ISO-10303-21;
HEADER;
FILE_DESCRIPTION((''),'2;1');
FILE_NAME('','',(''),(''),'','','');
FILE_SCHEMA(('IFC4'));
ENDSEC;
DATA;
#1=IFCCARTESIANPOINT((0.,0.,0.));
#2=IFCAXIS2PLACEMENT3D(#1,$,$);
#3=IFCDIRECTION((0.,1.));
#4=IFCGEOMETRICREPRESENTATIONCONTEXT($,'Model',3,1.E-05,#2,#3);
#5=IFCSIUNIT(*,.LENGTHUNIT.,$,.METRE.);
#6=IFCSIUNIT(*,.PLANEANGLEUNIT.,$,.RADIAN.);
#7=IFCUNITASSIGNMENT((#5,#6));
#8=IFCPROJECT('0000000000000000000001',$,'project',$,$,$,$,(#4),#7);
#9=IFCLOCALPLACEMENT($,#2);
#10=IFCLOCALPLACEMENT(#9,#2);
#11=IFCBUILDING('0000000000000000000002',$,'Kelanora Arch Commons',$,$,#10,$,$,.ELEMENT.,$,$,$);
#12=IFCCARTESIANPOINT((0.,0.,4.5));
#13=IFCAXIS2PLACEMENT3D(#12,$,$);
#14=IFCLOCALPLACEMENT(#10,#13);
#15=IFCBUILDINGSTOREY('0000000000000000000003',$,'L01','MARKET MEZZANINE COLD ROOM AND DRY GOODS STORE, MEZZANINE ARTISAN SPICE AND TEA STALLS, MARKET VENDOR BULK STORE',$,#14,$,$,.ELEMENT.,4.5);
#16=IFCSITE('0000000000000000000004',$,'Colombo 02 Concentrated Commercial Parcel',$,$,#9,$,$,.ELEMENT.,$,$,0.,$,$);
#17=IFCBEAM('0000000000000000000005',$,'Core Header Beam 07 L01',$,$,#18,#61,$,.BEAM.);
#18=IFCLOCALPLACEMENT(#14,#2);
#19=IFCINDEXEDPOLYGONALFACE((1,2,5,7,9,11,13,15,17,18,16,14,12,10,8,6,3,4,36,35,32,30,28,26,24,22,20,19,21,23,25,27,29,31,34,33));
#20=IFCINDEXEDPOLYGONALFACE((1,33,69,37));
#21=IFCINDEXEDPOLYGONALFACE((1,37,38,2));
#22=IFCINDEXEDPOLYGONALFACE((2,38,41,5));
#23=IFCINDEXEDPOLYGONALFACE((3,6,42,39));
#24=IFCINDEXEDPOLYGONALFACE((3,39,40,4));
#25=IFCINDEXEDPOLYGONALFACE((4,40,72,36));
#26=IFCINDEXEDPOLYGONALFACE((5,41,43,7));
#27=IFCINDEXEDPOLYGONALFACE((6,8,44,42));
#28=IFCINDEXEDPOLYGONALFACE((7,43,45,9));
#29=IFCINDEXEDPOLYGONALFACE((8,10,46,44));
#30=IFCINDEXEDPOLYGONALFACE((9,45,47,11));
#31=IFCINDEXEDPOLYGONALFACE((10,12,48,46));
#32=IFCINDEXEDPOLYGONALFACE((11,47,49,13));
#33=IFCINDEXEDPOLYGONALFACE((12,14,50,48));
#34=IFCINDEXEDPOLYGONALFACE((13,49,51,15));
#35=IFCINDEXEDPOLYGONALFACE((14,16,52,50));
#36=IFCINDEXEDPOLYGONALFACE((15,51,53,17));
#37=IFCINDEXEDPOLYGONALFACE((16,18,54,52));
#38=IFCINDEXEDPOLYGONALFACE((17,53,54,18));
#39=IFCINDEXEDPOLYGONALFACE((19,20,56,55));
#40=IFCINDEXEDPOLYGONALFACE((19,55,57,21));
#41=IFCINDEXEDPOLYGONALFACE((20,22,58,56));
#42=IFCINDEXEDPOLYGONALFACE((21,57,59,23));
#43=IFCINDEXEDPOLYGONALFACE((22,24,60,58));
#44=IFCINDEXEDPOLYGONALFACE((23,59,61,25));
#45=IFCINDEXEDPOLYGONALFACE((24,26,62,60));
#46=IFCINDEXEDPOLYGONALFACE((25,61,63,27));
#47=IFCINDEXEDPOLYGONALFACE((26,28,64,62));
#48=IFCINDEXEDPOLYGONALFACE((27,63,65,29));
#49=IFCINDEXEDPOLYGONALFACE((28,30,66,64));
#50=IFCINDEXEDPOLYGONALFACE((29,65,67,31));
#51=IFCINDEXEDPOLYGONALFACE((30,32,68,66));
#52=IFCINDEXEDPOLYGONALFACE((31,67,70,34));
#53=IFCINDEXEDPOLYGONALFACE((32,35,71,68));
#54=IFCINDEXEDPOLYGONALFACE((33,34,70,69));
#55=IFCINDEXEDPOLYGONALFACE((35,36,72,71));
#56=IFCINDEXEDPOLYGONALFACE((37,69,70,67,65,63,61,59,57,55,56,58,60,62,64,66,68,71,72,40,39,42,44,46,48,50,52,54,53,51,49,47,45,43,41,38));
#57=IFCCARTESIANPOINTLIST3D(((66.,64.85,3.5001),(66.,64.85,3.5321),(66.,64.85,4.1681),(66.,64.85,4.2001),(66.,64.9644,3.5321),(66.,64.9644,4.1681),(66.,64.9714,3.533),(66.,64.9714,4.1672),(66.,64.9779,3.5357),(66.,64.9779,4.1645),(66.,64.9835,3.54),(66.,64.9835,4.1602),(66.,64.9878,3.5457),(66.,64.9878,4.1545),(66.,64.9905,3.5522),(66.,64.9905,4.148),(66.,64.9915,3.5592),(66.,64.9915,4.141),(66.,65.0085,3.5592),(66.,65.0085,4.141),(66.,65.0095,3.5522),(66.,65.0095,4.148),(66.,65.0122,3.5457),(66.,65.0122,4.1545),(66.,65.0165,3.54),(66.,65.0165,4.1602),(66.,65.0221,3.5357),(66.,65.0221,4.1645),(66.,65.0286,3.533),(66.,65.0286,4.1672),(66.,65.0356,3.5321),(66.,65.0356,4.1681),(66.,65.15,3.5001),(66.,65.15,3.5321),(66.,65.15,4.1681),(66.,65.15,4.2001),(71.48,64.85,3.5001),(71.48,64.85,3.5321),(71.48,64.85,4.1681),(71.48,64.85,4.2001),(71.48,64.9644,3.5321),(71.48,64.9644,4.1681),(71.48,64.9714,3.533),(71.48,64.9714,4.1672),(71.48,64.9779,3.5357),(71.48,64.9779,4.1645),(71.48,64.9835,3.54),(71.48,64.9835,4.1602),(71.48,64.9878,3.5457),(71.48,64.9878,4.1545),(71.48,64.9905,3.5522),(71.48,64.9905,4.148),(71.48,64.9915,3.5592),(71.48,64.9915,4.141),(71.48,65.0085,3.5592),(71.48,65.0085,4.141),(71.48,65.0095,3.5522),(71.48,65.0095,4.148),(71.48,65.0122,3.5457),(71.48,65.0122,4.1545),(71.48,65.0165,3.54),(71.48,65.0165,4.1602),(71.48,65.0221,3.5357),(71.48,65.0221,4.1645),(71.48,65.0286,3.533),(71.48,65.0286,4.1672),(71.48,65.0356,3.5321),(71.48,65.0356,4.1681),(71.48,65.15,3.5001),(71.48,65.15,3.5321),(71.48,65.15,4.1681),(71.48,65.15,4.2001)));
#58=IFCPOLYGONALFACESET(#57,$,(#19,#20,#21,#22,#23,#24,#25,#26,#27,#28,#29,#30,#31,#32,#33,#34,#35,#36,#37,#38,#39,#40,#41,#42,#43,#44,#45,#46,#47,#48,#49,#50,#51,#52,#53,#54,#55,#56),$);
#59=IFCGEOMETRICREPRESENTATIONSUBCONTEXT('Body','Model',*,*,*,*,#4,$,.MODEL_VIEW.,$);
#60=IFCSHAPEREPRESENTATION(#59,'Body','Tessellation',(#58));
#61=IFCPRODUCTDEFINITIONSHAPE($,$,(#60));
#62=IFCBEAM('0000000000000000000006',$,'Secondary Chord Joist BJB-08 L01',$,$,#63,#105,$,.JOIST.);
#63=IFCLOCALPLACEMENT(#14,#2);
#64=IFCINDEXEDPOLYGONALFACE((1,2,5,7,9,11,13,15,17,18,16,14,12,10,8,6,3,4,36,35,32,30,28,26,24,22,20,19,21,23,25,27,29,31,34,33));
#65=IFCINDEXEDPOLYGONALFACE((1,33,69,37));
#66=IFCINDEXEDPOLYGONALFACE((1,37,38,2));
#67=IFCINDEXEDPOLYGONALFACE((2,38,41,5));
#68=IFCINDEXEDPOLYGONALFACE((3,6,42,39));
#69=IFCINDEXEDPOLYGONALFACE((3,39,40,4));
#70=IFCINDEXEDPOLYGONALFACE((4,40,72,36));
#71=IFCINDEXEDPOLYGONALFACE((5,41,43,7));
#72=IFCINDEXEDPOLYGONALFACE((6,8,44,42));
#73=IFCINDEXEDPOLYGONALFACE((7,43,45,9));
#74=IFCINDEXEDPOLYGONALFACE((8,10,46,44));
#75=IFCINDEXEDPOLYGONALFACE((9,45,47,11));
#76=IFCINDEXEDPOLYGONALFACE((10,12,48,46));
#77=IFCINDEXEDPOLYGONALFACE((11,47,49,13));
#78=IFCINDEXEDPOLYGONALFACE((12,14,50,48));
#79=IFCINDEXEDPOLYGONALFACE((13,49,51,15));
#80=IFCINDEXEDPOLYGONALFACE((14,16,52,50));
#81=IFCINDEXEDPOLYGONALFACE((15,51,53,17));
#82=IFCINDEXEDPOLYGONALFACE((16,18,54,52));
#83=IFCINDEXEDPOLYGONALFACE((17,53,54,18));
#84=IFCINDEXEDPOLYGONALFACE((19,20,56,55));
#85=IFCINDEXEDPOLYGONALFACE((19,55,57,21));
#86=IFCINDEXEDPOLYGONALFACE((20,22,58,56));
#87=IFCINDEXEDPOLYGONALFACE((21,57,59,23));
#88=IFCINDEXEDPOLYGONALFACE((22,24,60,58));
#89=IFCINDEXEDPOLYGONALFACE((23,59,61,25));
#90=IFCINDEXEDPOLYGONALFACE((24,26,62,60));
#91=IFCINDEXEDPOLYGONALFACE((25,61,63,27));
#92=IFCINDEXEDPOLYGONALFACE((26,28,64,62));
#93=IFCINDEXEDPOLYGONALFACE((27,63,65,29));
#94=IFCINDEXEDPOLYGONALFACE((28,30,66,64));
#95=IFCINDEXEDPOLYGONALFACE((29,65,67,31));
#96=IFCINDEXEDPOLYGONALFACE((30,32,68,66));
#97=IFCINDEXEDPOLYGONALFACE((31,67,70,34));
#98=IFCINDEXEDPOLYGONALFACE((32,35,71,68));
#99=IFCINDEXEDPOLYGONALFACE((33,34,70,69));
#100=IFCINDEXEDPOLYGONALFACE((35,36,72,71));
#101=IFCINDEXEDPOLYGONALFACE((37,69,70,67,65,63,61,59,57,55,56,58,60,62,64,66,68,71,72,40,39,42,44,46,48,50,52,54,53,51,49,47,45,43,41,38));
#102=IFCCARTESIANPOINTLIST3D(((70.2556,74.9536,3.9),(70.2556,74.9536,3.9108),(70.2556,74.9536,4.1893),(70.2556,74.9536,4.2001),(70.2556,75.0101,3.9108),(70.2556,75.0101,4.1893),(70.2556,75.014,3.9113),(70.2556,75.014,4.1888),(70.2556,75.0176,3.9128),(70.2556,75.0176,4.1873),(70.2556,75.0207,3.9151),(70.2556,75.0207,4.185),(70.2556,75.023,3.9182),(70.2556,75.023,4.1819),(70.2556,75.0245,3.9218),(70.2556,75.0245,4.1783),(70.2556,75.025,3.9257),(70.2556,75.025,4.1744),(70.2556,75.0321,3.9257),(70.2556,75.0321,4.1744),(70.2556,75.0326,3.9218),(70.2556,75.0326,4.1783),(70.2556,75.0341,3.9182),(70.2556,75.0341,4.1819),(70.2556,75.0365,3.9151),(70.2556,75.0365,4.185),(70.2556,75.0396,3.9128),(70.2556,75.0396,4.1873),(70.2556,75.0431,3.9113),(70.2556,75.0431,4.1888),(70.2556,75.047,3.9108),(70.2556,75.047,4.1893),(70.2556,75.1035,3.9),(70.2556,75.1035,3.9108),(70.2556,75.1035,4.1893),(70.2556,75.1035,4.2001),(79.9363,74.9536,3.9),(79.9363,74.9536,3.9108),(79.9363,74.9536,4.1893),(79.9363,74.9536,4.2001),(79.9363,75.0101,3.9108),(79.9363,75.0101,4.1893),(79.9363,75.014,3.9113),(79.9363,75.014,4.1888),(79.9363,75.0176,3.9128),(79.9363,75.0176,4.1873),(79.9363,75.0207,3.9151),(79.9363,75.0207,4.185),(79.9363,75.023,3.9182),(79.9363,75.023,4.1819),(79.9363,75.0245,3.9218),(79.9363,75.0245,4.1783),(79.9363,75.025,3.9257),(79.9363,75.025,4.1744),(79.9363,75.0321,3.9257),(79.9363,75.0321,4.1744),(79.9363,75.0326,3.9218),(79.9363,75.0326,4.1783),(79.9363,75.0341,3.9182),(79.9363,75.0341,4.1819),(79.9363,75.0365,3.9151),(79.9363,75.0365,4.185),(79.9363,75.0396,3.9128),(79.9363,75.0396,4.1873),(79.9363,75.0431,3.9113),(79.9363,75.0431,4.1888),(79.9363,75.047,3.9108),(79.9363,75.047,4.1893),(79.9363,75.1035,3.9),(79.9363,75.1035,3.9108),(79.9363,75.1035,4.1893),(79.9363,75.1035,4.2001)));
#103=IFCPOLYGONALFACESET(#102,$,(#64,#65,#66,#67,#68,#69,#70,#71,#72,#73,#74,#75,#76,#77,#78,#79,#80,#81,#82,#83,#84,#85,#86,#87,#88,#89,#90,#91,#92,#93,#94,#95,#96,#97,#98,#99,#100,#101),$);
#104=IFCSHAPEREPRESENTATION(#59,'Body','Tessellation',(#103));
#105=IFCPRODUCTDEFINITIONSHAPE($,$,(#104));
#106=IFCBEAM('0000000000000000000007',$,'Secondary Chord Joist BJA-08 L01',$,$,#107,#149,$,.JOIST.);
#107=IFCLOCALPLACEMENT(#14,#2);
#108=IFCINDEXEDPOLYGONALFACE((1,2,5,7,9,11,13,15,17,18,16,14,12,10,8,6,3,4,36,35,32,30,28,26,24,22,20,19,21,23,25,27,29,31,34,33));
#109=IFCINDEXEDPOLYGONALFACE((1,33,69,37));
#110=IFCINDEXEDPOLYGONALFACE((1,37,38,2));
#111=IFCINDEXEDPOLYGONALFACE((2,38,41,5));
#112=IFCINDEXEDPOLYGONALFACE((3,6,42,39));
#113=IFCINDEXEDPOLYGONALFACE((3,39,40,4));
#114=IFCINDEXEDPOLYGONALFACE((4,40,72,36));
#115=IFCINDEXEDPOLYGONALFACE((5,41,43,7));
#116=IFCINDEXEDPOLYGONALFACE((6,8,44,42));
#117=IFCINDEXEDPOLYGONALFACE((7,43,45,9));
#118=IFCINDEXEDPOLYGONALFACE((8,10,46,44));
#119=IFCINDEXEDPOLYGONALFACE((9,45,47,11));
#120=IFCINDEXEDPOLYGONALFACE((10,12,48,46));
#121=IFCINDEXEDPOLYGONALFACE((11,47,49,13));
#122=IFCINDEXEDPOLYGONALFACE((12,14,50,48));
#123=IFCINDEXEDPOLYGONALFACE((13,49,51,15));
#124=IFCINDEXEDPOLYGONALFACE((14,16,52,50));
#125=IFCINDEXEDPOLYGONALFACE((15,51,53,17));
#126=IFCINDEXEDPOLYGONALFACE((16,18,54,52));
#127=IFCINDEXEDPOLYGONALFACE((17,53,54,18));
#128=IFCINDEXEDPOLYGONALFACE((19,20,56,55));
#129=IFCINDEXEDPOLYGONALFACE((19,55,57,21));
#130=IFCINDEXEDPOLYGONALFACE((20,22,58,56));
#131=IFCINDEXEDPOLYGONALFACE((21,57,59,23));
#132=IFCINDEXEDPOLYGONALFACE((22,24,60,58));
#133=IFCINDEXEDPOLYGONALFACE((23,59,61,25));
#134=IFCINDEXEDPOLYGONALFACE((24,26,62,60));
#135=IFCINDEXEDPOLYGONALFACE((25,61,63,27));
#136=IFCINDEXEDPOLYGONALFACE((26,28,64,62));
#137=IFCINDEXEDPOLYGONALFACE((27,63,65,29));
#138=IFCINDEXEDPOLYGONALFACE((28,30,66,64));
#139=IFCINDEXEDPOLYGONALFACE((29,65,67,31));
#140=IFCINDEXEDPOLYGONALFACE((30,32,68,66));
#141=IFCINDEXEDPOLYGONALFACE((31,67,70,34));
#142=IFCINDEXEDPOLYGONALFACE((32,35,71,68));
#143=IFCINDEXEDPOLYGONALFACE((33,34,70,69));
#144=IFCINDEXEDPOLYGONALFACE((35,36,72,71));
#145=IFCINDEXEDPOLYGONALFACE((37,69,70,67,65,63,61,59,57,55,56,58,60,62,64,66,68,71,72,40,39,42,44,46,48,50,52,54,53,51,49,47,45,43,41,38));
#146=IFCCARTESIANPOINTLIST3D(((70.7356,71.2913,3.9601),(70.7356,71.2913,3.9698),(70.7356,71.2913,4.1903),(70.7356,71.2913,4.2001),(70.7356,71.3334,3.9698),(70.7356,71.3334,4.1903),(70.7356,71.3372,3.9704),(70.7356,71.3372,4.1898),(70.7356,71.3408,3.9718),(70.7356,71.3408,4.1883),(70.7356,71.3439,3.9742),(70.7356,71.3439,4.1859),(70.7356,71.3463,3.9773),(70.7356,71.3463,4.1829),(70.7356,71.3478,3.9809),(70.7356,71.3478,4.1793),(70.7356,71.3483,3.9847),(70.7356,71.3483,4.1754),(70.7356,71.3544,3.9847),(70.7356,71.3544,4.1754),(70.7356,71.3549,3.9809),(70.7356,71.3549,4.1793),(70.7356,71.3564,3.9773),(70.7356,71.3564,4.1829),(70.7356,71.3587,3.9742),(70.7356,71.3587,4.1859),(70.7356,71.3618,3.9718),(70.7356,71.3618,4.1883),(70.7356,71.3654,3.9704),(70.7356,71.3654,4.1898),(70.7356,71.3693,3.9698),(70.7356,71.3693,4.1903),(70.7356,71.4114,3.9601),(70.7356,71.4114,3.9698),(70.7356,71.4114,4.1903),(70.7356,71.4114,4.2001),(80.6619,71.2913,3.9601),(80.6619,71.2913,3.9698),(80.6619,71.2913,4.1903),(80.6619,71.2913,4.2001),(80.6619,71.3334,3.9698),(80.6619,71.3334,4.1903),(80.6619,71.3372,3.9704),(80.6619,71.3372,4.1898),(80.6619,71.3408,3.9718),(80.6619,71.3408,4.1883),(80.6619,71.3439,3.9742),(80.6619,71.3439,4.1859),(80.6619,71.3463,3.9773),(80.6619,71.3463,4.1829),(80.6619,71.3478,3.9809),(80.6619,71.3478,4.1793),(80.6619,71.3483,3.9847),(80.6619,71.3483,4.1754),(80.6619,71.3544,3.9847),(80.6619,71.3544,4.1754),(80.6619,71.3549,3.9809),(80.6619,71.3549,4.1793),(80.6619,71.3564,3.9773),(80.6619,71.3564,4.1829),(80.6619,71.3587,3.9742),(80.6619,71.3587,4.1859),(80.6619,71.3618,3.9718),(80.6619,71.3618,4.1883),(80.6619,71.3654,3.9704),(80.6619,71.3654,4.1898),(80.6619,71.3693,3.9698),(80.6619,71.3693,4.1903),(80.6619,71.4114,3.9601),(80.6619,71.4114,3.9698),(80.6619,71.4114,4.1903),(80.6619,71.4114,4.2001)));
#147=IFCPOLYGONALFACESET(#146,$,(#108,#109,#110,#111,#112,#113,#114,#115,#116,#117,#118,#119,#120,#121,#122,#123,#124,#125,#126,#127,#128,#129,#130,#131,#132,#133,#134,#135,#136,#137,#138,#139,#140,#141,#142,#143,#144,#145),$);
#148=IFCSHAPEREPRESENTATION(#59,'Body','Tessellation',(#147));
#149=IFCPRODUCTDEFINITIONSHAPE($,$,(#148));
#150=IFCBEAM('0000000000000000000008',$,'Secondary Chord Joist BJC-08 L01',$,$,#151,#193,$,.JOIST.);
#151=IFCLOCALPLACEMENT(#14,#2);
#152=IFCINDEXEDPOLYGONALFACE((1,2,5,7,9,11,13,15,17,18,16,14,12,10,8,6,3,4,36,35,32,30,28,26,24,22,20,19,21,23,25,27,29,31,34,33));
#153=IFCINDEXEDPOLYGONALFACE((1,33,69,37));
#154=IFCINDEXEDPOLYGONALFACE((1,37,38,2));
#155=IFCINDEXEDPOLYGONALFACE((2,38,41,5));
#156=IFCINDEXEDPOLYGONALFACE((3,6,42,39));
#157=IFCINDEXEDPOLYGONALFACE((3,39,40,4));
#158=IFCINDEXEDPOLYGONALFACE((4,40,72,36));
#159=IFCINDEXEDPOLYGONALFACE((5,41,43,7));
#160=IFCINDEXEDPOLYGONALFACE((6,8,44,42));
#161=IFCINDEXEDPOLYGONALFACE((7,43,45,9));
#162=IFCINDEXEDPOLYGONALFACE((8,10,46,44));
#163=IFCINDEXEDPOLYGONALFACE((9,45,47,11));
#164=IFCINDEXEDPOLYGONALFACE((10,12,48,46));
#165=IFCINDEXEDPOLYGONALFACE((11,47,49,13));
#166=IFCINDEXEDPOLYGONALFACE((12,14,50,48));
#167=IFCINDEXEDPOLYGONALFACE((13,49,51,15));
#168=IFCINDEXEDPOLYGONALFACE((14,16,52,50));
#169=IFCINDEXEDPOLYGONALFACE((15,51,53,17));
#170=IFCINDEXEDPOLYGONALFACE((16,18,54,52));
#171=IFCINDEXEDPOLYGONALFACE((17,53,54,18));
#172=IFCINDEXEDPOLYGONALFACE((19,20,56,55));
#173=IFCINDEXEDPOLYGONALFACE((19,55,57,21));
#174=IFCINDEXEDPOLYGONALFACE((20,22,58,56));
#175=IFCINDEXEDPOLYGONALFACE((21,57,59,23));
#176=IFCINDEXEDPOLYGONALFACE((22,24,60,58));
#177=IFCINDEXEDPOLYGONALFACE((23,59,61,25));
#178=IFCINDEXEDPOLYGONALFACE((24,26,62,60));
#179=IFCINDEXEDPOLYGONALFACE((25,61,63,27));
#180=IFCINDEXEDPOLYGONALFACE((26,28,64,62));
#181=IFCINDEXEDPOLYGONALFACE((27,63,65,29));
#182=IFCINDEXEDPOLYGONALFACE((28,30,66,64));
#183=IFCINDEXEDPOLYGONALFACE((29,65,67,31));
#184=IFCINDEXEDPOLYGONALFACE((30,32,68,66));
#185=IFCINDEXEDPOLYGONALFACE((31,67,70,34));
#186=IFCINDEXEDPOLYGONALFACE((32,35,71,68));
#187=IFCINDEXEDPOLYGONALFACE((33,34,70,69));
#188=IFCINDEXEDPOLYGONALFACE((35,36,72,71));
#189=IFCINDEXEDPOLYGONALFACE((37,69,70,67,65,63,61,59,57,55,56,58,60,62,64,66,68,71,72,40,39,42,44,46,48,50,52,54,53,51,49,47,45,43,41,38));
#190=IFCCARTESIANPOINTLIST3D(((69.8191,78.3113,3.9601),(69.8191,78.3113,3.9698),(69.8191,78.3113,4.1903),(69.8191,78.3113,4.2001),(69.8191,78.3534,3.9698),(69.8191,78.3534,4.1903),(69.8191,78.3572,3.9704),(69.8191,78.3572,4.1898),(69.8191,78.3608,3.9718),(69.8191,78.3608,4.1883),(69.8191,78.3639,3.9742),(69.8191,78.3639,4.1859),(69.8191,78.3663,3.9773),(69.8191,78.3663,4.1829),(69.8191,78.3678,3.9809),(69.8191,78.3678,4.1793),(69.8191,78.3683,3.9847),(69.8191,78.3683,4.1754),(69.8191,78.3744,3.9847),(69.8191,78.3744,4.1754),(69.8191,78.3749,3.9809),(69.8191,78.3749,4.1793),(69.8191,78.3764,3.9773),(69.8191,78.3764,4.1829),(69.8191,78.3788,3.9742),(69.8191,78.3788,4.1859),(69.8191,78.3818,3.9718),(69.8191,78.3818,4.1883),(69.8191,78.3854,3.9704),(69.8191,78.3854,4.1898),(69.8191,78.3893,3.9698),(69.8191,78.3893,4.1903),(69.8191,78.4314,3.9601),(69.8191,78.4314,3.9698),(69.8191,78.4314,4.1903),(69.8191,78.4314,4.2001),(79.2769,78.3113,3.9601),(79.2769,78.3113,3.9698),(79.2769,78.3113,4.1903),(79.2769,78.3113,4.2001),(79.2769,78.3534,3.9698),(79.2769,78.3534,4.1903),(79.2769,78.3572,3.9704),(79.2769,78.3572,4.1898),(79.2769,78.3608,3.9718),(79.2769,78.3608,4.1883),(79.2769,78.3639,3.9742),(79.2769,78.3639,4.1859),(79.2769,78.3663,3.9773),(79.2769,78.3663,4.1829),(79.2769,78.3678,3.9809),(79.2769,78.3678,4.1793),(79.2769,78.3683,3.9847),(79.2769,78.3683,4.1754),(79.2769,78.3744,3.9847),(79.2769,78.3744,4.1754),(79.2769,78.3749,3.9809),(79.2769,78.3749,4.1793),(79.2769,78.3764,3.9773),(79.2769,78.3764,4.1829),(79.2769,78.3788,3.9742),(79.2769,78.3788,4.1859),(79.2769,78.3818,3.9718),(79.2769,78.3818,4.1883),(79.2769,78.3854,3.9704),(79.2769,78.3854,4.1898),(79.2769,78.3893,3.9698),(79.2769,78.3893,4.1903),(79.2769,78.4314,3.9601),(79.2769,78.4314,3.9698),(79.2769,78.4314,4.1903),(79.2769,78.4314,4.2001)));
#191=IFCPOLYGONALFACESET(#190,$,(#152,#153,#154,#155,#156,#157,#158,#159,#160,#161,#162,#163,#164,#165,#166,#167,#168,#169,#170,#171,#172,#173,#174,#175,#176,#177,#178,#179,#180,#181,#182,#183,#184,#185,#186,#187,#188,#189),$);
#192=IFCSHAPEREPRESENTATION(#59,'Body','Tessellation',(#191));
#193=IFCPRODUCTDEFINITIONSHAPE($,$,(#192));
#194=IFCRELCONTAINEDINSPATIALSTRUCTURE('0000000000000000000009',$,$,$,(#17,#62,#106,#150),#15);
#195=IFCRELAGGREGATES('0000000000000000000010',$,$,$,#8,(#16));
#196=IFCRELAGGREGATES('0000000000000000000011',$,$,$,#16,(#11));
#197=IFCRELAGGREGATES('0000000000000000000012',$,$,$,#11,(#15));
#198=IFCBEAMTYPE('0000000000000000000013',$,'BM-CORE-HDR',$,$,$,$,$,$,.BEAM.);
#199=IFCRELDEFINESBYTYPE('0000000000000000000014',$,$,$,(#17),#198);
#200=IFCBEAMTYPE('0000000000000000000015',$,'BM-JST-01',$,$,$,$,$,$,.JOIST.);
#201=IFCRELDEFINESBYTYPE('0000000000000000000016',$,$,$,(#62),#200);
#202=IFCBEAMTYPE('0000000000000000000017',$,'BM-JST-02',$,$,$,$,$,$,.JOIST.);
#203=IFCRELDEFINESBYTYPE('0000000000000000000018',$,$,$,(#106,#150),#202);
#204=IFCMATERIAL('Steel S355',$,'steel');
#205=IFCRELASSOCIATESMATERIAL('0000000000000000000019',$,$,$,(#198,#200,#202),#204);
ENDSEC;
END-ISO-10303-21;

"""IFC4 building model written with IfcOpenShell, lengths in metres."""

from ifc_helpers import new_model, si_unit, direction, frame, origin, origin_2d, place, context, subcontext, project, spatial, i_section, extrude, material, material_profile, profile_set, type_object, element, save


model = new_model("IFC4")

# Units and contexts
model_context = context("Model", 3, precision=1e-05, world=origin(), true_north=direction((0.0, 1.0)))
body_context = subcontext(model_context, "Body", "Model", "MODEL_VIEW")
ifc_project = project(units=[si_unit("LENGTHUNIT", "METRE"), si_unit("PLANEANGLEUNIT", "RADIAN")], contexts=[model_context])

# Site, building, storey
site_placement = place(None, origin())
site = spatial("IfcSite", under=ifc_project, at=site_placement, Name="Colombo 02 Concentrated Commercial Parcel", CompositionType="ELEMENT", RefElevation=0.0)
building_placement = place(site_placement, origin())
building = spatial("IfcBuilding", under=site, at=building_placement, Name="Kelanora Arch Commons", CompositionType="ELEMENT")
storey_placement = place(building_placement, frame((0.0, 0.0, 4.5)))
storey = spatial("IfcBuildingStorey", under=building, at=storey_placement, Name="L01", Description="MARKET MEZZANINE COLD ROOM AND DRY GOODS STORE, MEZZANINE ARTISAN SPICE AND TEA STALLS, MARKET VENDOR BULK STORE", CompositionType="ELEMENT", Elevation=4.5)

# Beams
ifc_material_1 = material(Name="Steel S355", Category="steel")
ifc_material_profile_1 = material_profile(ifc_material_1, i_section(OverallWidth=0.3, OverallDepth=0.7, WebThickness=0.0171, FlangeThickness=0.032, FilletRadius=0.0271, at=origin_2d()), Name="HEB700")
ifc_profile_set_1 = profile_set([ifc_material_profile_1], Name="Steel S355")
beam_type_1 = type_object("IfcBeamType", Name="BM-CORE-HDR", PredefinedType="BEAM", material=ifc_profile_set_1)
beam_1_placement = place(storey_placement, frame((71.48, 65.0, 3.8501), z_axis=(-1.0, 0.0, 0.0), x_axis=(0.0, -1.0, 0.0)))
element("IfcBeam", 1, at=beam_1_placement, inside=storey, type_object=beam_type_1, Name="Core Header Beam 07 L01", PredefinedType="BEAM", context=body_context, shape_type="SweptSolid", body=[
    extrude(i_section(OverallWidth=0.3, OverallDepth=0.7, WebThickness=0.0171, FlangeThickness=0.032, FilletRadius=0.0271, at=origin_2d()), origin(), (0.0, 0.0, 1.0), 5.48),
])
ifc_material_profile_2 = material_profile(ifc_material_1, i_section(OverallWidth=0.1499, OverallDepth=0.3, WebThickness=0.0071, FlangeThickness=0.0107, FilletRadius=0.0149, at=origin_2d()), Name="IPE300")
ifc_profile_set_2 = profile_set([ifc_material_profile_2], Name="Steel S355")
beam_type_2 = type_object("IfcBeamType", Name="BM-JST-01", PredefinedType="JOIST", material=ifc_profile_set_2)
beam_2_placement = place(storey_placement, frame((79.9363, 75.0286, 4.05), z_axis=(-1.0, 0.0, 0.0), x_axis=(0.0, -1.0, 0.0)))
element("IfcBeam", 2, at=beam_2_placement, inside=storey, type_object=beam_type_2, Name="Secondary Chord Joist BJB-08 L01", PredefinedType="JOIST", context=body_context, shape_type="SweptSolid", body=[
    extrude(i_section(OverallWidth=0.1499, OverallDepth=0.3, WebThickness=0.0071, FlangeThickness=0.0107, FilletRadius=0.0149, at=origin_2d()), origin(), (0.0, 0.0, 1.0), 9.6807),
])
ifc_material_profile_3 = material_profile(ifc_material_1, i_section(OverallWidth=0.1201, OverallDepth=0.24, WebThickness=0.0061, FlangeThickness=0.0098, FilletRadius=0.0149, at=origin_2d()), Name="IPE240")
ifc_profile_set_3 = profile_set([ifc_material_profile_3], Name="Steel S355")
beam_type_3 = type_object("IfcBeamType", Name="BM-JST-02", PredefinedType="JOIST", material=ifc_profile_set_3)
beam_3_placement = place(storey_placement, frame((80.6619, 71.3513, 4.0801), z_axis=(-1.0, 0.0, 0.0), x_axis=(0.0, -1.0, 0.0)))
element("IfcBeam", 3, at=beam_3_placement, inside=storey, type_object=beam_type_3, Name="Secondary Chord Joist BJA-08 L01", PredefinedType="JOIST", context=body_context, shape_type="SweptSolid", body=[
    extrude(i_section(OverallWidth=0.1201, OverallDepth=0.24, WebThickness=0.0061, FlangeThickness=0.0098, FilletRadius=0.0149, at=origin_2d()), origin(), (0.0, 0.0, 1.0), 9.9263),
])
beam_4_placement = place(storey_placement, frame((79.2769, 78.3713, 4.0801), z_axis=(-1.0, 0.0, 0.0), x_axis=(0.0, -1.0, 0.0)))
element("IfcBeam", 4, at=beam_4_placement, inside=storey, type_object=beam_type_3, Name="Secondary Chord Joist BJC-08 L01", PredefinedType="JOIST", context=body_context, shape_type="SweptSolid", body=[
    extrude(i_section(OverallWidth=0.1201, OverallDepth=0.24, WebThickness=0.0061, FlangeThickness=0.0098, FilletRadius=0.0149, at=origin_2d()), origin(), (0.0, 0.0, 1.0), 9.4578),
])

save(model, "model.ifc")
